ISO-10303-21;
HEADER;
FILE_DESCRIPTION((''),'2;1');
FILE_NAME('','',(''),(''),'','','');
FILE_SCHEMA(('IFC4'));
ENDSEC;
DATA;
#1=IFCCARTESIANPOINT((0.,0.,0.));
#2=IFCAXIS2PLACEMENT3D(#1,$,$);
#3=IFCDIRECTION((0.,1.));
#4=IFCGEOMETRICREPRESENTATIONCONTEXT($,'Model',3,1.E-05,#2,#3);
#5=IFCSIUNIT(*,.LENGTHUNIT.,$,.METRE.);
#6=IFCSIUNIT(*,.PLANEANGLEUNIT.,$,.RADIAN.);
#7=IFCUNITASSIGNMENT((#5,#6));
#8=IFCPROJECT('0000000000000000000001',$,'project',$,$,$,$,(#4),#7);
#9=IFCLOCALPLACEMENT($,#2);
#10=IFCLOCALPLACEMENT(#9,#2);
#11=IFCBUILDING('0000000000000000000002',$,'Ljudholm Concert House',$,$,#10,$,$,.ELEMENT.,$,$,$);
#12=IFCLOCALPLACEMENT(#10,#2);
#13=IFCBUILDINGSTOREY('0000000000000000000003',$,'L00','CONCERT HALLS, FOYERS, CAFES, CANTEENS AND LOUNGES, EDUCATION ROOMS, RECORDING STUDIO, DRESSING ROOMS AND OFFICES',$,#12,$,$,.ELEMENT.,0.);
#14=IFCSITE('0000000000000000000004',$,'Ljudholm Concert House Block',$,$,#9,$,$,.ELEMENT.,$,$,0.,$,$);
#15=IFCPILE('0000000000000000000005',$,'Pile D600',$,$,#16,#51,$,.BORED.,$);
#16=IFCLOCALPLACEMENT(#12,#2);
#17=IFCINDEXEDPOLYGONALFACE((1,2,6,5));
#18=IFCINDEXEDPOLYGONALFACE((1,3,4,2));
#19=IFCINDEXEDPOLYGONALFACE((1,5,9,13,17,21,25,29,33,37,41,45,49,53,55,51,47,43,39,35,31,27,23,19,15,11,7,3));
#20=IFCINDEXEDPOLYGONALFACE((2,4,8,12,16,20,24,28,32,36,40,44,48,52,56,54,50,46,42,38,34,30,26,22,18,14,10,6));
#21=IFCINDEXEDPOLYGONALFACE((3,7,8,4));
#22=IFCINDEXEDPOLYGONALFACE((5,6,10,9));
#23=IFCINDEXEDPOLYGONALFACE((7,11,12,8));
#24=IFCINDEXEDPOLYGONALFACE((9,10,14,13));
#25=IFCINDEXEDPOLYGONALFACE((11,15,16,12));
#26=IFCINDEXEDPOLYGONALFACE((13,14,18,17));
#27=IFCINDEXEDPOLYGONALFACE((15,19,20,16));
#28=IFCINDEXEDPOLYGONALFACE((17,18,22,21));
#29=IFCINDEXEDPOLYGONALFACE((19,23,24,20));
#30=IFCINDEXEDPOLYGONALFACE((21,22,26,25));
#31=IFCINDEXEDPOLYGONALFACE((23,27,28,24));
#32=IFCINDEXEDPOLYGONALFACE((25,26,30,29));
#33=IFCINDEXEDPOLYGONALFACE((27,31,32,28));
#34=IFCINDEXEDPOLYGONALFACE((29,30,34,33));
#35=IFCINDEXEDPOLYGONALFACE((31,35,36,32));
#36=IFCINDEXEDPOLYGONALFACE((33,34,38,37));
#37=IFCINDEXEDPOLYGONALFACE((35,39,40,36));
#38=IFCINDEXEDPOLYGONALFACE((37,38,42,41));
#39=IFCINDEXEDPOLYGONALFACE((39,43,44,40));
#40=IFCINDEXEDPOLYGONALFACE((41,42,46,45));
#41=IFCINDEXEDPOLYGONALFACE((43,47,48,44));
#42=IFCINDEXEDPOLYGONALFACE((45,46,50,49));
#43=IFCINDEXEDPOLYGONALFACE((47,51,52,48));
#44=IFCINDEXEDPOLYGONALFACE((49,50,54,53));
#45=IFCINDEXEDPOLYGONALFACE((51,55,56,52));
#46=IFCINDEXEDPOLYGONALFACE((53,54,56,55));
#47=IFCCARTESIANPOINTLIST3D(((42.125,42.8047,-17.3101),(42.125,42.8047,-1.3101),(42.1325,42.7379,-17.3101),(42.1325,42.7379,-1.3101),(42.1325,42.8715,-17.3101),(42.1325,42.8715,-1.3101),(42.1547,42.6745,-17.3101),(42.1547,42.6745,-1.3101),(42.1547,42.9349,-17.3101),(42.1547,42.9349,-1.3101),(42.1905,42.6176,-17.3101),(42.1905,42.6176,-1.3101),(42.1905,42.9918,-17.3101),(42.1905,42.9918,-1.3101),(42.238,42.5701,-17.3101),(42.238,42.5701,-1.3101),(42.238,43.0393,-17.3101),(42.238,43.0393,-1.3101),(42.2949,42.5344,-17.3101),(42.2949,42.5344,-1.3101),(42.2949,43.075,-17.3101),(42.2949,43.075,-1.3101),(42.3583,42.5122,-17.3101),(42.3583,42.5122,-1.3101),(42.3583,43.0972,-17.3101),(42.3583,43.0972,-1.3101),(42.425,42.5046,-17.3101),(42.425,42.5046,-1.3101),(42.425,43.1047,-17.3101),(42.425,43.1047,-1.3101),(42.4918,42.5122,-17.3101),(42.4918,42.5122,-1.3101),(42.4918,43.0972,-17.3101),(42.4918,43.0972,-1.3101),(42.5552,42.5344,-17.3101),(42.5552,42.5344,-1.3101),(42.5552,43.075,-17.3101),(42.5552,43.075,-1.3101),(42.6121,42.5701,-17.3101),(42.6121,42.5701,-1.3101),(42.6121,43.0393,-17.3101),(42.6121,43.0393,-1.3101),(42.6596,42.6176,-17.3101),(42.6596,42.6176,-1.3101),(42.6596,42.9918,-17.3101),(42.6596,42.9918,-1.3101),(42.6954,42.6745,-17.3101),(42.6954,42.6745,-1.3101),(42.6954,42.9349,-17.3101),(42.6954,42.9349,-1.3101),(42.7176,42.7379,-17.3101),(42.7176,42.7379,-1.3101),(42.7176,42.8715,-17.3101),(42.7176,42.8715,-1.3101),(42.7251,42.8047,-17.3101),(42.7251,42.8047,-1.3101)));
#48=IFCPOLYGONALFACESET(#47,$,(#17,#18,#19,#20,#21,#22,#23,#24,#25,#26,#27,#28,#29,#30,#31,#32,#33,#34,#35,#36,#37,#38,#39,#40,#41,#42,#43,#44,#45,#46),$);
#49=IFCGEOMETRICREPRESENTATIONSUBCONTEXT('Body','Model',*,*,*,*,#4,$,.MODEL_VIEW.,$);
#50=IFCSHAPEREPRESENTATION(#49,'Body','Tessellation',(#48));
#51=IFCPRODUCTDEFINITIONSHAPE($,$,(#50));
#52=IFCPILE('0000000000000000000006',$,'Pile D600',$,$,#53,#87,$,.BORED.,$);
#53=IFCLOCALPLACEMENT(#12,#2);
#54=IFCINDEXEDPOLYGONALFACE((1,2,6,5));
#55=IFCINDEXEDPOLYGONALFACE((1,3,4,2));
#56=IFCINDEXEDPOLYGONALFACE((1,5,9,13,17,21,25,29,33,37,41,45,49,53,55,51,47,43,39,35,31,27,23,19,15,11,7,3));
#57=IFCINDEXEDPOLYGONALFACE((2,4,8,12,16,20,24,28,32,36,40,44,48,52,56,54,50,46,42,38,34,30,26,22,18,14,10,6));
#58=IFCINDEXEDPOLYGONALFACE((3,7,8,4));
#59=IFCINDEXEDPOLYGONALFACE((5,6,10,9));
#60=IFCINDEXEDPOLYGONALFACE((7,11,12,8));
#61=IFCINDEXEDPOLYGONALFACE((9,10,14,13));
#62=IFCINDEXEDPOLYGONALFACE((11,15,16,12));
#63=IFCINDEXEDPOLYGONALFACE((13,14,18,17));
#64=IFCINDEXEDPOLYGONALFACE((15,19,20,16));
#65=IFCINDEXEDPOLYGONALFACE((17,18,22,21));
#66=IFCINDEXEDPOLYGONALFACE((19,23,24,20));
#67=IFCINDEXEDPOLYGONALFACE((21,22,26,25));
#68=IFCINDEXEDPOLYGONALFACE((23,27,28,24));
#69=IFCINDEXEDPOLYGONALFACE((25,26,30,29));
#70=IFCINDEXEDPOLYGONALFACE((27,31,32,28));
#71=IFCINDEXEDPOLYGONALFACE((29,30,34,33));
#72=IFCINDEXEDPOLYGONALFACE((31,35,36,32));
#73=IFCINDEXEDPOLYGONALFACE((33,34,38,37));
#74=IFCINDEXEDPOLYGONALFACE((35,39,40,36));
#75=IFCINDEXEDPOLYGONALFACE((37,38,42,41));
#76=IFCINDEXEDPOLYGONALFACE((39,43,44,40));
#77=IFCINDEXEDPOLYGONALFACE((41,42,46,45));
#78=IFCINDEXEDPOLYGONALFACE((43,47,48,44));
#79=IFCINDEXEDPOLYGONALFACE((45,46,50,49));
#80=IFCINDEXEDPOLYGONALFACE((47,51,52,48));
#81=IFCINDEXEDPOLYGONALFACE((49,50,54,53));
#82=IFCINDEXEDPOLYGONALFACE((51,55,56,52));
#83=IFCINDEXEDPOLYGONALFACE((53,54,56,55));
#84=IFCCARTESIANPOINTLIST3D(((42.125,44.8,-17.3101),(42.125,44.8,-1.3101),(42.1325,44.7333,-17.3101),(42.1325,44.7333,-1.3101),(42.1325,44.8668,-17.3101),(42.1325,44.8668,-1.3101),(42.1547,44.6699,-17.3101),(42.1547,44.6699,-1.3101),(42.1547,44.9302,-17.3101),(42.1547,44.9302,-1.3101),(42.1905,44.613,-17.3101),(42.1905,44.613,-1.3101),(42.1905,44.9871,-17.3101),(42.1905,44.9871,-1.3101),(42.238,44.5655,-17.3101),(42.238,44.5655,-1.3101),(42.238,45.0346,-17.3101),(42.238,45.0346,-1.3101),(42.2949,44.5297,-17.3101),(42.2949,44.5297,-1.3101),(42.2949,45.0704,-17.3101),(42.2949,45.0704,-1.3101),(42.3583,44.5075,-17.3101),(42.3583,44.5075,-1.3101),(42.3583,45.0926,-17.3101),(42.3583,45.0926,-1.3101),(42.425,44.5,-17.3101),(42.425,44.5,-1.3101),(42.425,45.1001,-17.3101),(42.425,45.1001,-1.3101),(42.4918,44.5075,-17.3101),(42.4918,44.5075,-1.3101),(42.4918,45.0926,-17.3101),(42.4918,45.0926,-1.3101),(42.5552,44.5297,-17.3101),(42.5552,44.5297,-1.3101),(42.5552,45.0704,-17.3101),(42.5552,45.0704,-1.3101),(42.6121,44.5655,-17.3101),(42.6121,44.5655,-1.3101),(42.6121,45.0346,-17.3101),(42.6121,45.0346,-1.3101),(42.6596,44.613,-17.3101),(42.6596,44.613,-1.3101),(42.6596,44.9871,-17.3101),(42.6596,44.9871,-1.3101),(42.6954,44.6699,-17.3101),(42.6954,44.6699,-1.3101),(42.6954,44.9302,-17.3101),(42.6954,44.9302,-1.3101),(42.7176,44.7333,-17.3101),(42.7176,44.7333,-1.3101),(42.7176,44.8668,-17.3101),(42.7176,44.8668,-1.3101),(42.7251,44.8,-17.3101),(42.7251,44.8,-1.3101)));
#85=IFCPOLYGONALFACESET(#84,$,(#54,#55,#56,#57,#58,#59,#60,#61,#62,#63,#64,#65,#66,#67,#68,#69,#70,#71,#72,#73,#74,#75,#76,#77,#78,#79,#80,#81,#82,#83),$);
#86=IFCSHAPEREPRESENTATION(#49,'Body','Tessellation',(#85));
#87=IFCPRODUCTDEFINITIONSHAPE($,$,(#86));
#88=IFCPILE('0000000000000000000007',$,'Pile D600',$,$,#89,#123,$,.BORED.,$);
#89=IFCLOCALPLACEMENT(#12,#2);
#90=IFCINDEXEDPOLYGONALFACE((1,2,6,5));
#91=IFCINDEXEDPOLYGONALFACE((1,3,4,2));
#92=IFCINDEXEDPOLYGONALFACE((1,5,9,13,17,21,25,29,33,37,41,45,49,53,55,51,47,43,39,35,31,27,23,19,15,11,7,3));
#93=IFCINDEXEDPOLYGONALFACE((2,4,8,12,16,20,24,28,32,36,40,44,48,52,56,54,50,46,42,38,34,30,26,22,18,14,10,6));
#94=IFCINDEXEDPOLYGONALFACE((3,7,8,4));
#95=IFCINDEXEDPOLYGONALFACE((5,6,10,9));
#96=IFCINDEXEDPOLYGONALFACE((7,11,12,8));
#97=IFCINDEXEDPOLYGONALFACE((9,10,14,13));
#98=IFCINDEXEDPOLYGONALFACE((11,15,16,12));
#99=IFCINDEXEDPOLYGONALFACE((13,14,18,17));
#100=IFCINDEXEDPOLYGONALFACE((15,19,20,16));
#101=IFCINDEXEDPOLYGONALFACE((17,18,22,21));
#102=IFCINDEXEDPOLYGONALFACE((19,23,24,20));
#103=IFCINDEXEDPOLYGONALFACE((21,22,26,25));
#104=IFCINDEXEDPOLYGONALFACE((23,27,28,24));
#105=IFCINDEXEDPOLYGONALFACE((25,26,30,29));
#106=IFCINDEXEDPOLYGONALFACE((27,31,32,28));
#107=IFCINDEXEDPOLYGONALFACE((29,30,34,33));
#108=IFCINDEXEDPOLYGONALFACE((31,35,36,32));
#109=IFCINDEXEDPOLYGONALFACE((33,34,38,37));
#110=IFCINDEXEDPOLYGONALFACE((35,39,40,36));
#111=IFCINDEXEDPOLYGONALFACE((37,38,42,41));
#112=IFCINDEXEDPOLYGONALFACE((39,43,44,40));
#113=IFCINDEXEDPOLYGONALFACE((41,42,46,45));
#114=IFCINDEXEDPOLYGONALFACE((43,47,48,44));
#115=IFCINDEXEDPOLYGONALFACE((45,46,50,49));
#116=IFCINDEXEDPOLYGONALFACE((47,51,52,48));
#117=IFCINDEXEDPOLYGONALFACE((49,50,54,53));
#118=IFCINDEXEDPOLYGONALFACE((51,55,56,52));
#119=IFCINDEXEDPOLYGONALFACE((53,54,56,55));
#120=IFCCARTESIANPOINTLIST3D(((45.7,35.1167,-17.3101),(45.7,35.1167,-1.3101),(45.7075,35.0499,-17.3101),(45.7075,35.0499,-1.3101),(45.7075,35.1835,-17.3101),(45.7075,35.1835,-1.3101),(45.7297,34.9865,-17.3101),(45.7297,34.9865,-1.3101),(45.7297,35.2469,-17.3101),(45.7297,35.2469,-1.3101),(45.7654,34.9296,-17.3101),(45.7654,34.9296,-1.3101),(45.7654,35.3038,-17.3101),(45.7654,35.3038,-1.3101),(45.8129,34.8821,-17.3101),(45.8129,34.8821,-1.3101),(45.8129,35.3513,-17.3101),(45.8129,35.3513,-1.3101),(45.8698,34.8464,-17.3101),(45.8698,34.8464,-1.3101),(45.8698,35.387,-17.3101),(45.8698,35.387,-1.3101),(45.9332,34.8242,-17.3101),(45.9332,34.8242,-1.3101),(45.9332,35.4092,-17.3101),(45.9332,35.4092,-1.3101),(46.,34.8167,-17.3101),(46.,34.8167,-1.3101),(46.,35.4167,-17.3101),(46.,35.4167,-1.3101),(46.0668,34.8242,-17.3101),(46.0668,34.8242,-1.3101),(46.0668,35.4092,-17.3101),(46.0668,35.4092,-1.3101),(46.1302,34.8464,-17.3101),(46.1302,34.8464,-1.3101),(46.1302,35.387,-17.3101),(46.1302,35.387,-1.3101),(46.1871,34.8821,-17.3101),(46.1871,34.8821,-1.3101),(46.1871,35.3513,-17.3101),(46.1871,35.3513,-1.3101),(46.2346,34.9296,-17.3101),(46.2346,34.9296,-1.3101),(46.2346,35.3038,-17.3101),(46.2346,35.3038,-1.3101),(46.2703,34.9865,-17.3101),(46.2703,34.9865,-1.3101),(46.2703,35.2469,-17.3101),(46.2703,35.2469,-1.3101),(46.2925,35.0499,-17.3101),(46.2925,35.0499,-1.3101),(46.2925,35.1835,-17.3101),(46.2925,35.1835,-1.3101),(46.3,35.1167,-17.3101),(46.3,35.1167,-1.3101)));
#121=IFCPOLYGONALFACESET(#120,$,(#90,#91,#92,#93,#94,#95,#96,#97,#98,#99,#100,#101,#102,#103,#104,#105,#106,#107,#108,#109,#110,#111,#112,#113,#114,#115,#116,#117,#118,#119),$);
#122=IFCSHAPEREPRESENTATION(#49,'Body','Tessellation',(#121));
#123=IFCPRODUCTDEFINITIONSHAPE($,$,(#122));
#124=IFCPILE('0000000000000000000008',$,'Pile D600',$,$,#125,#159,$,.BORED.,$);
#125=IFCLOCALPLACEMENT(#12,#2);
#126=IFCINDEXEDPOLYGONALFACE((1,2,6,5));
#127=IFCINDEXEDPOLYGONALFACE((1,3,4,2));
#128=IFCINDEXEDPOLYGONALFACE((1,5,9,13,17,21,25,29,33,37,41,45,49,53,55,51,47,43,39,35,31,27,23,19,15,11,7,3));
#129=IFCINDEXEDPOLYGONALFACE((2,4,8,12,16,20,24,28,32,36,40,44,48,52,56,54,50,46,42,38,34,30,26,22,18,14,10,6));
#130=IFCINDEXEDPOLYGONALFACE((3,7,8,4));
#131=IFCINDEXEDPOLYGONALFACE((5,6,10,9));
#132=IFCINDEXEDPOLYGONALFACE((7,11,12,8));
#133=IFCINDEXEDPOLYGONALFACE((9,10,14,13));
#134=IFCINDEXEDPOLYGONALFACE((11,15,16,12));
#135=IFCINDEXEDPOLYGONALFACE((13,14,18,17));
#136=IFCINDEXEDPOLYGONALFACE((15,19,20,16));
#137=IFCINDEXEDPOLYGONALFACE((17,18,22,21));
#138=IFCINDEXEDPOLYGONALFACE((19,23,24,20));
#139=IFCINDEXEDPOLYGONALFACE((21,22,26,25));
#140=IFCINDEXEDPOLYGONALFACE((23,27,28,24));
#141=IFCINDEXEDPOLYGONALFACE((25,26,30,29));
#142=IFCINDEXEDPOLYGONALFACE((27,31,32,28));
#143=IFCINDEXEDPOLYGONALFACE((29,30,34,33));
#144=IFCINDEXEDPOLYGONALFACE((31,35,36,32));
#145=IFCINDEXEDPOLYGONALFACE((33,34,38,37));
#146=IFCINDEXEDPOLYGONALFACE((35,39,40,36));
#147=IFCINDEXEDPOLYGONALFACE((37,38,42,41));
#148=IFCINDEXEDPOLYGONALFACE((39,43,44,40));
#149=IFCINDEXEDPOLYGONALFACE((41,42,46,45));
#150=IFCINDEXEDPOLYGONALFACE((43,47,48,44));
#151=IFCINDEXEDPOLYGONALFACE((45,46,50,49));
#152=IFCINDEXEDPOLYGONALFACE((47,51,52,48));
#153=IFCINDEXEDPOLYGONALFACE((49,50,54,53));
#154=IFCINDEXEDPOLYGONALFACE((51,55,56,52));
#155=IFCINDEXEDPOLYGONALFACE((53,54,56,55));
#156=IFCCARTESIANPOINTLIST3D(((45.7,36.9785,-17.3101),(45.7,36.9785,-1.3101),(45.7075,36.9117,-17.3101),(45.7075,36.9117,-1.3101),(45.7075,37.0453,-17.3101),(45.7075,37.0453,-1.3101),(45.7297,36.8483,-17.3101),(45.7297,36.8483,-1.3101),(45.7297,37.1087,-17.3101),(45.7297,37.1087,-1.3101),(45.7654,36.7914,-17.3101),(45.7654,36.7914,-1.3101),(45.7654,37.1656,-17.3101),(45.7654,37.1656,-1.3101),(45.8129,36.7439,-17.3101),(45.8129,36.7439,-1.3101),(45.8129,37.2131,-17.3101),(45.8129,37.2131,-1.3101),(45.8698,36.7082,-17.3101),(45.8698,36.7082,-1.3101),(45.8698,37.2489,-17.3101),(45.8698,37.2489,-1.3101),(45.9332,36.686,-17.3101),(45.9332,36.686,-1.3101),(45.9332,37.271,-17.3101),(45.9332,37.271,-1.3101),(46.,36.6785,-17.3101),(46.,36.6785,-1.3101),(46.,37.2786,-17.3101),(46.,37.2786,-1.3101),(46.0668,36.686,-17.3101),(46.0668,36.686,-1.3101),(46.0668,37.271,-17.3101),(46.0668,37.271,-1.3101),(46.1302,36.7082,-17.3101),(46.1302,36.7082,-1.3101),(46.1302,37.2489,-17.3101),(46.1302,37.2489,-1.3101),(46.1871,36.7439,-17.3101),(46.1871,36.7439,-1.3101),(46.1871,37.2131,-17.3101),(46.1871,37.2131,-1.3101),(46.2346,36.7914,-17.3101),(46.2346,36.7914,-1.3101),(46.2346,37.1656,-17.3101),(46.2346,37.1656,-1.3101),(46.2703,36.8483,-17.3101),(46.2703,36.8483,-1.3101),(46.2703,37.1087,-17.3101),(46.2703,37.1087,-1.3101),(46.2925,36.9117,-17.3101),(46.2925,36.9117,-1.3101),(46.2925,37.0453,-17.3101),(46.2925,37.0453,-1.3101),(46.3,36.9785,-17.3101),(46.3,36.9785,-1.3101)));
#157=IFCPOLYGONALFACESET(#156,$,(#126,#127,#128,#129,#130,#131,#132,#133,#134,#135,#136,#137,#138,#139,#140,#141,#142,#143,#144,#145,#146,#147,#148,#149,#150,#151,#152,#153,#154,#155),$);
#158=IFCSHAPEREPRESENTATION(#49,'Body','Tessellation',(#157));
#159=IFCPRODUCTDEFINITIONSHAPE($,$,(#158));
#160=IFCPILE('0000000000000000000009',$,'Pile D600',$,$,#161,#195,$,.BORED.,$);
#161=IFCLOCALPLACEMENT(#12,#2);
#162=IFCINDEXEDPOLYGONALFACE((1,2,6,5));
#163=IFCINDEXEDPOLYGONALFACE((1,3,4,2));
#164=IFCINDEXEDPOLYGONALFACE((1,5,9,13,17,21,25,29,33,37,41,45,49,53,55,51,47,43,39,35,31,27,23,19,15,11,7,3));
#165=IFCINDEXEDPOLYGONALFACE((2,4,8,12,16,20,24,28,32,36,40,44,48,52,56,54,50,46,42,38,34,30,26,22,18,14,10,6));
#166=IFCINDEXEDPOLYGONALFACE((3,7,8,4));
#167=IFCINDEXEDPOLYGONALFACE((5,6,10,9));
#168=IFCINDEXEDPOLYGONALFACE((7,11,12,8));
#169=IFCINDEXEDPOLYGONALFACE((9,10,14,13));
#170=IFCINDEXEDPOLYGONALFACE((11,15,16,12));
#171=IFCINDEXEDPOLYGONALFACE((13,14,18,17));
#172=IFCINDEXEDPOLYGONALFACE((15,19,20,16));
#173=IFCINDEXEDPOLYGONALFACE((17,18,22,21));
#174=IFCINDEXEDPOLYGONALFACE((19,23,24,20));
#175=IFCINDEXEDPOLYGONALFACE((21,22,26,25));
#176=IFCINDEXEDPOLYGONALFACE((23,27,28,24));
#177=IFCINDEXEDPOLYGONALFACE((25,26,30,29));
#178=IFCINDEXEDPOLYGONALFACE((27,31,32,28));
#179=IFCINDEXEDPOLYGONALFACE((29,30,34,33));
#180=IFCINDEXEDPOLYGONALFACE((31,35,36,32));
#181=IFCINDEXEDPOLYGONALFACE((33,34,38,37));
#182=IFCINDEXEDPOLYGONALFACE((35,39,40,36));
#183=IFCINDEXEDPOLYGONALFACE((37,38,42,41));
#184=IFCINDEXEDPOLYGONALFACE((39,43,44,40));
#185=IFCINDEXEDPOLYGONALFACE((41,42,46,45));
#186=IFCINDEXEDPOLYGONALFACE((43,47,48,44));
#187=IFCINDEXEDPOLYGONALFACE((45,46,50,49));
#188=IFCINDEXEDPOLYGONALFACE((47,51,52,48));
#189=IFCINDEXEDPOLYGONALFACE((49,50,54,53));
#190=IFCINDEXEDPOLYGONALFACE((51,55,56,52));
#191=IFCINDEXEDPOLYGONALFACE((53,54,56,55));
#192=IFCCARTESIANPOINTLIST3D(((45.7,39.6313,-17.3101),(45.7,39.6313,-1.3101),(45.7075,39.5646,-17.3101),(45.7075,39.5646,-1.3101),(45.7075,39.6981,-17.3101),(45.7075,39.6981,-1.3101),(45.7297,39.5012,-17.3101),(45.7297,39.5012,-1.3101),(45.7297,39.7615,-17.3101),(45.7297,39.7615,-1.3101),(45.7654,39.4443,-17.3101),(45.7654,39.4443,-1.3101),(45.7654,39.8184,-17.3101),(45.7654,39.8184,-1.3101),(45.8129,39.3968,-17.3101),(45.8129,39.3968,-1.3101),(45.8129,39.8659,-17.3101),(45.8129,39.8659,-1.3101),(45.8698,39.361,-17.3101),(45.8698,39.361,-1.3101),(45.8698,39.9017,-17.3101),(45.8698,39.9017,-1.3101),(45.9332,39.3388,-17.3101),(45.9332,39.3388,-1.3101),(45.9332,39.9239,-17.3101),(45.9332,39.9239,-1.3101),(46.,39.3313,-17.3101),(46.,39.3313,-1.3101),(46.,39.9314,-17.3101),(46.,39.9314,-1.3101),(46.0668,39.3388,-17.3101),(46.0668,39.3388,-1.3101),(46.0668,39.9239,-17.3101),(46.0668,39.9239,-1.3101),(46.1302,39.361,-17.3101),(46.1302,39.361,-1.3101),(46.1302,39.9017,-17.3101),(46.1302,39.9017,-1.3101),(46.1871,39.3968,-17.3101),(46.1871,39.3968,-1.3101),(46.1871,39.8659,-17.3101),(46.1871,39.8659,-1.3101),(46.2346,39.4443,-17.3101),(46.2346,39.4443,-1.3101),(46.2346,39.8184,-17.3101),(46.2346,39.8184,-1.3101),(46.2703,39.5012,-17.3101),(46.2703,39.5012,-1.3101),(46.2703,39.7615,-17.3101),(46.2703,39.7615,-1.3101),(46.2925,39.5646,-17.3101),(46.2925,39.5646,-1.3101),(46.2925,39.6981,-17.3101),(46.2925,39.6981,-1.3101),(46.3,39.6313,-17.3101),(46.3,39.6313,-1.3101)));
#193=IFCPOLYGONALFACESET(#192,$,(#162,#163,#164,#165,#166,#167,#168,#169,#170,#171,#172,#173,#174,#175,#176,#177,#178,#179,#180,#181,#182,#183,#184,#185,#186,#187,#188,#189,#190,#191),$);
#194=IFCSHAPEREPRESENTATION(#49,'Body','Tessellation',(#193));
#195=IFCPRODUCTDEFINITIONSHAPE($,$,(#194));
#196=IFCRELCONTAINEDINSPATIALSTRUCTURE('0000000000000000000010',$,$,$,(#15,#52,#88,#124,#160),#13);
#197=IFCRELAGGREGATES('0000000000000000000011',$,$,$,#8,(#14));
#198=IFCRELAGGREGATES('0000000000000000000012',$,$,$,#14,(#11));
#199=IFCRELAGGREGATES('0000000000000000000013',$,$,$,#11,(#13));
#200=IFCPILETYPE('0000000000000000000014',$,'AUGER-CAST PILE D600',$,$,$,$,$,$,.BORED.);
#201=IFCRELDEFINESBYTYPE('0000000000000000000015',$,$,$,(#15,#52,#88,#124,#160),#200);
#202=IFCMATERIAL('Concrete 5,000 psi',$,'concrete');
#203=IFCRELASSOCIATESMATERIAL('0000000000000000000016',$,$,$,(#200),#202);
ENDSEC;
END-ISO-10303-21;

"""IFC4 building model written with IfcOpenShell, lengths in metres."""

from ifc_helpers import new_model, si_unit, direction, frame, origin, origin_2d, place, context, subcontext, project, spatial, circle, extrude, material, material_profile, profile_set, type_object, element, save


model = new_model("IFC4")

# Units and contexts
model_context = context("Model", 3, precision=1e-05, world=origin(), true_north=direction((0.0, 1.0)))
body_context = subcontext(model_context, "Body", "Model", "MODEL_VIEW")
ifc_project = project(units=[si_unit("LENGTHUNIT", "METRE"), si_unit("PLANEANGLEUNIT", "RADIAN")], contexts=[model_context])

# Site, building, storey
site_placement = place(None, origin())
site = spatial("IfcSite", under=ifc_project, at=site_placement, Name="Ljudholm Concert House Block", CompositionType="ELEMENT", RefElevation=0.0)
building_placement = place(site_placement, origin())
building = spatial("IfcBuilding", under=site, at=building_placement, Name="Ljudholm Concert House", CompositionType="ELEMENT")
storey_placement = place(building_placement, origin())
storey = spatial("IfcBuildingStorey", under=building, at=storey_placement, Name="L00", Description="CONCERT HALLS, FOYERS, CAFES, CANTEENS AND LOUNGES, EDUCATION ROOMS, RECORDING STUDIO, DRESSING ROOMS AND OFFICES", CompositionType="ELEMENT", Elevation=0.0)

# Piles
ifc_material_1 = material(Name="Concrete 5,000 psi", Category="concrete")
ifc_material_profile_1 = material_profile(ifc_material_1, circle(Radius=0.3, at=origin_2d()), Name="AUGER-CAST PILE D600")
ifc_profile_set_1 = profile_set([ifc_material_profile_1], Name="Concrete 5,000 psi")
pile_type_1 = type_object("IfcPileType", Name="AUGER-CAST PILE D600", PredefinedType="BORED", material=ifc_profile_set_1)
for number, where, z_axis, x_axis, name in (
    (1, (42.425, 42.8047, -1.3101), (0.0, 0.0, -1.0), (1.0, 0.0, 0.0), "Pile D600"),
    (2, (42.425, 44.8, -1.3101), (0.0, 0.0, -1.0), (1.0, 0.0, 0.0), "Pile D600"),
    (3, (46.0, 35.1167, -1.3101), (0.0, 0.0, -1.0), (1.0, 0.0, 0.0), "Pile D600"),
    (4, (46.0, 36.9785, -1.3101), (0.0, 0.0, -1.0), (1.0, 0.0, 0.0), "Pile D600"),
    (5, (46.0, 39.6313, -1.3101), (0.0, 0.0, -1.0), (1.0, 0.0, 0.0), "Pile D600"),
):
    element("IfcPile", number, at=place(storey_placement, frame(where, z_axis=z_axis, x_axis=x_axis)), inside=storey, type_object=pile_type_1, Name=name, PredefinedType="BORED", context=body_context, shape_type="SweptSolid", body=[
        extrude(circle(Radius=0.3, at=origin_2d()), origin(), (0.0, 0.0, 1.0), 16.0),
    ])

save(model, "model.ifc")
